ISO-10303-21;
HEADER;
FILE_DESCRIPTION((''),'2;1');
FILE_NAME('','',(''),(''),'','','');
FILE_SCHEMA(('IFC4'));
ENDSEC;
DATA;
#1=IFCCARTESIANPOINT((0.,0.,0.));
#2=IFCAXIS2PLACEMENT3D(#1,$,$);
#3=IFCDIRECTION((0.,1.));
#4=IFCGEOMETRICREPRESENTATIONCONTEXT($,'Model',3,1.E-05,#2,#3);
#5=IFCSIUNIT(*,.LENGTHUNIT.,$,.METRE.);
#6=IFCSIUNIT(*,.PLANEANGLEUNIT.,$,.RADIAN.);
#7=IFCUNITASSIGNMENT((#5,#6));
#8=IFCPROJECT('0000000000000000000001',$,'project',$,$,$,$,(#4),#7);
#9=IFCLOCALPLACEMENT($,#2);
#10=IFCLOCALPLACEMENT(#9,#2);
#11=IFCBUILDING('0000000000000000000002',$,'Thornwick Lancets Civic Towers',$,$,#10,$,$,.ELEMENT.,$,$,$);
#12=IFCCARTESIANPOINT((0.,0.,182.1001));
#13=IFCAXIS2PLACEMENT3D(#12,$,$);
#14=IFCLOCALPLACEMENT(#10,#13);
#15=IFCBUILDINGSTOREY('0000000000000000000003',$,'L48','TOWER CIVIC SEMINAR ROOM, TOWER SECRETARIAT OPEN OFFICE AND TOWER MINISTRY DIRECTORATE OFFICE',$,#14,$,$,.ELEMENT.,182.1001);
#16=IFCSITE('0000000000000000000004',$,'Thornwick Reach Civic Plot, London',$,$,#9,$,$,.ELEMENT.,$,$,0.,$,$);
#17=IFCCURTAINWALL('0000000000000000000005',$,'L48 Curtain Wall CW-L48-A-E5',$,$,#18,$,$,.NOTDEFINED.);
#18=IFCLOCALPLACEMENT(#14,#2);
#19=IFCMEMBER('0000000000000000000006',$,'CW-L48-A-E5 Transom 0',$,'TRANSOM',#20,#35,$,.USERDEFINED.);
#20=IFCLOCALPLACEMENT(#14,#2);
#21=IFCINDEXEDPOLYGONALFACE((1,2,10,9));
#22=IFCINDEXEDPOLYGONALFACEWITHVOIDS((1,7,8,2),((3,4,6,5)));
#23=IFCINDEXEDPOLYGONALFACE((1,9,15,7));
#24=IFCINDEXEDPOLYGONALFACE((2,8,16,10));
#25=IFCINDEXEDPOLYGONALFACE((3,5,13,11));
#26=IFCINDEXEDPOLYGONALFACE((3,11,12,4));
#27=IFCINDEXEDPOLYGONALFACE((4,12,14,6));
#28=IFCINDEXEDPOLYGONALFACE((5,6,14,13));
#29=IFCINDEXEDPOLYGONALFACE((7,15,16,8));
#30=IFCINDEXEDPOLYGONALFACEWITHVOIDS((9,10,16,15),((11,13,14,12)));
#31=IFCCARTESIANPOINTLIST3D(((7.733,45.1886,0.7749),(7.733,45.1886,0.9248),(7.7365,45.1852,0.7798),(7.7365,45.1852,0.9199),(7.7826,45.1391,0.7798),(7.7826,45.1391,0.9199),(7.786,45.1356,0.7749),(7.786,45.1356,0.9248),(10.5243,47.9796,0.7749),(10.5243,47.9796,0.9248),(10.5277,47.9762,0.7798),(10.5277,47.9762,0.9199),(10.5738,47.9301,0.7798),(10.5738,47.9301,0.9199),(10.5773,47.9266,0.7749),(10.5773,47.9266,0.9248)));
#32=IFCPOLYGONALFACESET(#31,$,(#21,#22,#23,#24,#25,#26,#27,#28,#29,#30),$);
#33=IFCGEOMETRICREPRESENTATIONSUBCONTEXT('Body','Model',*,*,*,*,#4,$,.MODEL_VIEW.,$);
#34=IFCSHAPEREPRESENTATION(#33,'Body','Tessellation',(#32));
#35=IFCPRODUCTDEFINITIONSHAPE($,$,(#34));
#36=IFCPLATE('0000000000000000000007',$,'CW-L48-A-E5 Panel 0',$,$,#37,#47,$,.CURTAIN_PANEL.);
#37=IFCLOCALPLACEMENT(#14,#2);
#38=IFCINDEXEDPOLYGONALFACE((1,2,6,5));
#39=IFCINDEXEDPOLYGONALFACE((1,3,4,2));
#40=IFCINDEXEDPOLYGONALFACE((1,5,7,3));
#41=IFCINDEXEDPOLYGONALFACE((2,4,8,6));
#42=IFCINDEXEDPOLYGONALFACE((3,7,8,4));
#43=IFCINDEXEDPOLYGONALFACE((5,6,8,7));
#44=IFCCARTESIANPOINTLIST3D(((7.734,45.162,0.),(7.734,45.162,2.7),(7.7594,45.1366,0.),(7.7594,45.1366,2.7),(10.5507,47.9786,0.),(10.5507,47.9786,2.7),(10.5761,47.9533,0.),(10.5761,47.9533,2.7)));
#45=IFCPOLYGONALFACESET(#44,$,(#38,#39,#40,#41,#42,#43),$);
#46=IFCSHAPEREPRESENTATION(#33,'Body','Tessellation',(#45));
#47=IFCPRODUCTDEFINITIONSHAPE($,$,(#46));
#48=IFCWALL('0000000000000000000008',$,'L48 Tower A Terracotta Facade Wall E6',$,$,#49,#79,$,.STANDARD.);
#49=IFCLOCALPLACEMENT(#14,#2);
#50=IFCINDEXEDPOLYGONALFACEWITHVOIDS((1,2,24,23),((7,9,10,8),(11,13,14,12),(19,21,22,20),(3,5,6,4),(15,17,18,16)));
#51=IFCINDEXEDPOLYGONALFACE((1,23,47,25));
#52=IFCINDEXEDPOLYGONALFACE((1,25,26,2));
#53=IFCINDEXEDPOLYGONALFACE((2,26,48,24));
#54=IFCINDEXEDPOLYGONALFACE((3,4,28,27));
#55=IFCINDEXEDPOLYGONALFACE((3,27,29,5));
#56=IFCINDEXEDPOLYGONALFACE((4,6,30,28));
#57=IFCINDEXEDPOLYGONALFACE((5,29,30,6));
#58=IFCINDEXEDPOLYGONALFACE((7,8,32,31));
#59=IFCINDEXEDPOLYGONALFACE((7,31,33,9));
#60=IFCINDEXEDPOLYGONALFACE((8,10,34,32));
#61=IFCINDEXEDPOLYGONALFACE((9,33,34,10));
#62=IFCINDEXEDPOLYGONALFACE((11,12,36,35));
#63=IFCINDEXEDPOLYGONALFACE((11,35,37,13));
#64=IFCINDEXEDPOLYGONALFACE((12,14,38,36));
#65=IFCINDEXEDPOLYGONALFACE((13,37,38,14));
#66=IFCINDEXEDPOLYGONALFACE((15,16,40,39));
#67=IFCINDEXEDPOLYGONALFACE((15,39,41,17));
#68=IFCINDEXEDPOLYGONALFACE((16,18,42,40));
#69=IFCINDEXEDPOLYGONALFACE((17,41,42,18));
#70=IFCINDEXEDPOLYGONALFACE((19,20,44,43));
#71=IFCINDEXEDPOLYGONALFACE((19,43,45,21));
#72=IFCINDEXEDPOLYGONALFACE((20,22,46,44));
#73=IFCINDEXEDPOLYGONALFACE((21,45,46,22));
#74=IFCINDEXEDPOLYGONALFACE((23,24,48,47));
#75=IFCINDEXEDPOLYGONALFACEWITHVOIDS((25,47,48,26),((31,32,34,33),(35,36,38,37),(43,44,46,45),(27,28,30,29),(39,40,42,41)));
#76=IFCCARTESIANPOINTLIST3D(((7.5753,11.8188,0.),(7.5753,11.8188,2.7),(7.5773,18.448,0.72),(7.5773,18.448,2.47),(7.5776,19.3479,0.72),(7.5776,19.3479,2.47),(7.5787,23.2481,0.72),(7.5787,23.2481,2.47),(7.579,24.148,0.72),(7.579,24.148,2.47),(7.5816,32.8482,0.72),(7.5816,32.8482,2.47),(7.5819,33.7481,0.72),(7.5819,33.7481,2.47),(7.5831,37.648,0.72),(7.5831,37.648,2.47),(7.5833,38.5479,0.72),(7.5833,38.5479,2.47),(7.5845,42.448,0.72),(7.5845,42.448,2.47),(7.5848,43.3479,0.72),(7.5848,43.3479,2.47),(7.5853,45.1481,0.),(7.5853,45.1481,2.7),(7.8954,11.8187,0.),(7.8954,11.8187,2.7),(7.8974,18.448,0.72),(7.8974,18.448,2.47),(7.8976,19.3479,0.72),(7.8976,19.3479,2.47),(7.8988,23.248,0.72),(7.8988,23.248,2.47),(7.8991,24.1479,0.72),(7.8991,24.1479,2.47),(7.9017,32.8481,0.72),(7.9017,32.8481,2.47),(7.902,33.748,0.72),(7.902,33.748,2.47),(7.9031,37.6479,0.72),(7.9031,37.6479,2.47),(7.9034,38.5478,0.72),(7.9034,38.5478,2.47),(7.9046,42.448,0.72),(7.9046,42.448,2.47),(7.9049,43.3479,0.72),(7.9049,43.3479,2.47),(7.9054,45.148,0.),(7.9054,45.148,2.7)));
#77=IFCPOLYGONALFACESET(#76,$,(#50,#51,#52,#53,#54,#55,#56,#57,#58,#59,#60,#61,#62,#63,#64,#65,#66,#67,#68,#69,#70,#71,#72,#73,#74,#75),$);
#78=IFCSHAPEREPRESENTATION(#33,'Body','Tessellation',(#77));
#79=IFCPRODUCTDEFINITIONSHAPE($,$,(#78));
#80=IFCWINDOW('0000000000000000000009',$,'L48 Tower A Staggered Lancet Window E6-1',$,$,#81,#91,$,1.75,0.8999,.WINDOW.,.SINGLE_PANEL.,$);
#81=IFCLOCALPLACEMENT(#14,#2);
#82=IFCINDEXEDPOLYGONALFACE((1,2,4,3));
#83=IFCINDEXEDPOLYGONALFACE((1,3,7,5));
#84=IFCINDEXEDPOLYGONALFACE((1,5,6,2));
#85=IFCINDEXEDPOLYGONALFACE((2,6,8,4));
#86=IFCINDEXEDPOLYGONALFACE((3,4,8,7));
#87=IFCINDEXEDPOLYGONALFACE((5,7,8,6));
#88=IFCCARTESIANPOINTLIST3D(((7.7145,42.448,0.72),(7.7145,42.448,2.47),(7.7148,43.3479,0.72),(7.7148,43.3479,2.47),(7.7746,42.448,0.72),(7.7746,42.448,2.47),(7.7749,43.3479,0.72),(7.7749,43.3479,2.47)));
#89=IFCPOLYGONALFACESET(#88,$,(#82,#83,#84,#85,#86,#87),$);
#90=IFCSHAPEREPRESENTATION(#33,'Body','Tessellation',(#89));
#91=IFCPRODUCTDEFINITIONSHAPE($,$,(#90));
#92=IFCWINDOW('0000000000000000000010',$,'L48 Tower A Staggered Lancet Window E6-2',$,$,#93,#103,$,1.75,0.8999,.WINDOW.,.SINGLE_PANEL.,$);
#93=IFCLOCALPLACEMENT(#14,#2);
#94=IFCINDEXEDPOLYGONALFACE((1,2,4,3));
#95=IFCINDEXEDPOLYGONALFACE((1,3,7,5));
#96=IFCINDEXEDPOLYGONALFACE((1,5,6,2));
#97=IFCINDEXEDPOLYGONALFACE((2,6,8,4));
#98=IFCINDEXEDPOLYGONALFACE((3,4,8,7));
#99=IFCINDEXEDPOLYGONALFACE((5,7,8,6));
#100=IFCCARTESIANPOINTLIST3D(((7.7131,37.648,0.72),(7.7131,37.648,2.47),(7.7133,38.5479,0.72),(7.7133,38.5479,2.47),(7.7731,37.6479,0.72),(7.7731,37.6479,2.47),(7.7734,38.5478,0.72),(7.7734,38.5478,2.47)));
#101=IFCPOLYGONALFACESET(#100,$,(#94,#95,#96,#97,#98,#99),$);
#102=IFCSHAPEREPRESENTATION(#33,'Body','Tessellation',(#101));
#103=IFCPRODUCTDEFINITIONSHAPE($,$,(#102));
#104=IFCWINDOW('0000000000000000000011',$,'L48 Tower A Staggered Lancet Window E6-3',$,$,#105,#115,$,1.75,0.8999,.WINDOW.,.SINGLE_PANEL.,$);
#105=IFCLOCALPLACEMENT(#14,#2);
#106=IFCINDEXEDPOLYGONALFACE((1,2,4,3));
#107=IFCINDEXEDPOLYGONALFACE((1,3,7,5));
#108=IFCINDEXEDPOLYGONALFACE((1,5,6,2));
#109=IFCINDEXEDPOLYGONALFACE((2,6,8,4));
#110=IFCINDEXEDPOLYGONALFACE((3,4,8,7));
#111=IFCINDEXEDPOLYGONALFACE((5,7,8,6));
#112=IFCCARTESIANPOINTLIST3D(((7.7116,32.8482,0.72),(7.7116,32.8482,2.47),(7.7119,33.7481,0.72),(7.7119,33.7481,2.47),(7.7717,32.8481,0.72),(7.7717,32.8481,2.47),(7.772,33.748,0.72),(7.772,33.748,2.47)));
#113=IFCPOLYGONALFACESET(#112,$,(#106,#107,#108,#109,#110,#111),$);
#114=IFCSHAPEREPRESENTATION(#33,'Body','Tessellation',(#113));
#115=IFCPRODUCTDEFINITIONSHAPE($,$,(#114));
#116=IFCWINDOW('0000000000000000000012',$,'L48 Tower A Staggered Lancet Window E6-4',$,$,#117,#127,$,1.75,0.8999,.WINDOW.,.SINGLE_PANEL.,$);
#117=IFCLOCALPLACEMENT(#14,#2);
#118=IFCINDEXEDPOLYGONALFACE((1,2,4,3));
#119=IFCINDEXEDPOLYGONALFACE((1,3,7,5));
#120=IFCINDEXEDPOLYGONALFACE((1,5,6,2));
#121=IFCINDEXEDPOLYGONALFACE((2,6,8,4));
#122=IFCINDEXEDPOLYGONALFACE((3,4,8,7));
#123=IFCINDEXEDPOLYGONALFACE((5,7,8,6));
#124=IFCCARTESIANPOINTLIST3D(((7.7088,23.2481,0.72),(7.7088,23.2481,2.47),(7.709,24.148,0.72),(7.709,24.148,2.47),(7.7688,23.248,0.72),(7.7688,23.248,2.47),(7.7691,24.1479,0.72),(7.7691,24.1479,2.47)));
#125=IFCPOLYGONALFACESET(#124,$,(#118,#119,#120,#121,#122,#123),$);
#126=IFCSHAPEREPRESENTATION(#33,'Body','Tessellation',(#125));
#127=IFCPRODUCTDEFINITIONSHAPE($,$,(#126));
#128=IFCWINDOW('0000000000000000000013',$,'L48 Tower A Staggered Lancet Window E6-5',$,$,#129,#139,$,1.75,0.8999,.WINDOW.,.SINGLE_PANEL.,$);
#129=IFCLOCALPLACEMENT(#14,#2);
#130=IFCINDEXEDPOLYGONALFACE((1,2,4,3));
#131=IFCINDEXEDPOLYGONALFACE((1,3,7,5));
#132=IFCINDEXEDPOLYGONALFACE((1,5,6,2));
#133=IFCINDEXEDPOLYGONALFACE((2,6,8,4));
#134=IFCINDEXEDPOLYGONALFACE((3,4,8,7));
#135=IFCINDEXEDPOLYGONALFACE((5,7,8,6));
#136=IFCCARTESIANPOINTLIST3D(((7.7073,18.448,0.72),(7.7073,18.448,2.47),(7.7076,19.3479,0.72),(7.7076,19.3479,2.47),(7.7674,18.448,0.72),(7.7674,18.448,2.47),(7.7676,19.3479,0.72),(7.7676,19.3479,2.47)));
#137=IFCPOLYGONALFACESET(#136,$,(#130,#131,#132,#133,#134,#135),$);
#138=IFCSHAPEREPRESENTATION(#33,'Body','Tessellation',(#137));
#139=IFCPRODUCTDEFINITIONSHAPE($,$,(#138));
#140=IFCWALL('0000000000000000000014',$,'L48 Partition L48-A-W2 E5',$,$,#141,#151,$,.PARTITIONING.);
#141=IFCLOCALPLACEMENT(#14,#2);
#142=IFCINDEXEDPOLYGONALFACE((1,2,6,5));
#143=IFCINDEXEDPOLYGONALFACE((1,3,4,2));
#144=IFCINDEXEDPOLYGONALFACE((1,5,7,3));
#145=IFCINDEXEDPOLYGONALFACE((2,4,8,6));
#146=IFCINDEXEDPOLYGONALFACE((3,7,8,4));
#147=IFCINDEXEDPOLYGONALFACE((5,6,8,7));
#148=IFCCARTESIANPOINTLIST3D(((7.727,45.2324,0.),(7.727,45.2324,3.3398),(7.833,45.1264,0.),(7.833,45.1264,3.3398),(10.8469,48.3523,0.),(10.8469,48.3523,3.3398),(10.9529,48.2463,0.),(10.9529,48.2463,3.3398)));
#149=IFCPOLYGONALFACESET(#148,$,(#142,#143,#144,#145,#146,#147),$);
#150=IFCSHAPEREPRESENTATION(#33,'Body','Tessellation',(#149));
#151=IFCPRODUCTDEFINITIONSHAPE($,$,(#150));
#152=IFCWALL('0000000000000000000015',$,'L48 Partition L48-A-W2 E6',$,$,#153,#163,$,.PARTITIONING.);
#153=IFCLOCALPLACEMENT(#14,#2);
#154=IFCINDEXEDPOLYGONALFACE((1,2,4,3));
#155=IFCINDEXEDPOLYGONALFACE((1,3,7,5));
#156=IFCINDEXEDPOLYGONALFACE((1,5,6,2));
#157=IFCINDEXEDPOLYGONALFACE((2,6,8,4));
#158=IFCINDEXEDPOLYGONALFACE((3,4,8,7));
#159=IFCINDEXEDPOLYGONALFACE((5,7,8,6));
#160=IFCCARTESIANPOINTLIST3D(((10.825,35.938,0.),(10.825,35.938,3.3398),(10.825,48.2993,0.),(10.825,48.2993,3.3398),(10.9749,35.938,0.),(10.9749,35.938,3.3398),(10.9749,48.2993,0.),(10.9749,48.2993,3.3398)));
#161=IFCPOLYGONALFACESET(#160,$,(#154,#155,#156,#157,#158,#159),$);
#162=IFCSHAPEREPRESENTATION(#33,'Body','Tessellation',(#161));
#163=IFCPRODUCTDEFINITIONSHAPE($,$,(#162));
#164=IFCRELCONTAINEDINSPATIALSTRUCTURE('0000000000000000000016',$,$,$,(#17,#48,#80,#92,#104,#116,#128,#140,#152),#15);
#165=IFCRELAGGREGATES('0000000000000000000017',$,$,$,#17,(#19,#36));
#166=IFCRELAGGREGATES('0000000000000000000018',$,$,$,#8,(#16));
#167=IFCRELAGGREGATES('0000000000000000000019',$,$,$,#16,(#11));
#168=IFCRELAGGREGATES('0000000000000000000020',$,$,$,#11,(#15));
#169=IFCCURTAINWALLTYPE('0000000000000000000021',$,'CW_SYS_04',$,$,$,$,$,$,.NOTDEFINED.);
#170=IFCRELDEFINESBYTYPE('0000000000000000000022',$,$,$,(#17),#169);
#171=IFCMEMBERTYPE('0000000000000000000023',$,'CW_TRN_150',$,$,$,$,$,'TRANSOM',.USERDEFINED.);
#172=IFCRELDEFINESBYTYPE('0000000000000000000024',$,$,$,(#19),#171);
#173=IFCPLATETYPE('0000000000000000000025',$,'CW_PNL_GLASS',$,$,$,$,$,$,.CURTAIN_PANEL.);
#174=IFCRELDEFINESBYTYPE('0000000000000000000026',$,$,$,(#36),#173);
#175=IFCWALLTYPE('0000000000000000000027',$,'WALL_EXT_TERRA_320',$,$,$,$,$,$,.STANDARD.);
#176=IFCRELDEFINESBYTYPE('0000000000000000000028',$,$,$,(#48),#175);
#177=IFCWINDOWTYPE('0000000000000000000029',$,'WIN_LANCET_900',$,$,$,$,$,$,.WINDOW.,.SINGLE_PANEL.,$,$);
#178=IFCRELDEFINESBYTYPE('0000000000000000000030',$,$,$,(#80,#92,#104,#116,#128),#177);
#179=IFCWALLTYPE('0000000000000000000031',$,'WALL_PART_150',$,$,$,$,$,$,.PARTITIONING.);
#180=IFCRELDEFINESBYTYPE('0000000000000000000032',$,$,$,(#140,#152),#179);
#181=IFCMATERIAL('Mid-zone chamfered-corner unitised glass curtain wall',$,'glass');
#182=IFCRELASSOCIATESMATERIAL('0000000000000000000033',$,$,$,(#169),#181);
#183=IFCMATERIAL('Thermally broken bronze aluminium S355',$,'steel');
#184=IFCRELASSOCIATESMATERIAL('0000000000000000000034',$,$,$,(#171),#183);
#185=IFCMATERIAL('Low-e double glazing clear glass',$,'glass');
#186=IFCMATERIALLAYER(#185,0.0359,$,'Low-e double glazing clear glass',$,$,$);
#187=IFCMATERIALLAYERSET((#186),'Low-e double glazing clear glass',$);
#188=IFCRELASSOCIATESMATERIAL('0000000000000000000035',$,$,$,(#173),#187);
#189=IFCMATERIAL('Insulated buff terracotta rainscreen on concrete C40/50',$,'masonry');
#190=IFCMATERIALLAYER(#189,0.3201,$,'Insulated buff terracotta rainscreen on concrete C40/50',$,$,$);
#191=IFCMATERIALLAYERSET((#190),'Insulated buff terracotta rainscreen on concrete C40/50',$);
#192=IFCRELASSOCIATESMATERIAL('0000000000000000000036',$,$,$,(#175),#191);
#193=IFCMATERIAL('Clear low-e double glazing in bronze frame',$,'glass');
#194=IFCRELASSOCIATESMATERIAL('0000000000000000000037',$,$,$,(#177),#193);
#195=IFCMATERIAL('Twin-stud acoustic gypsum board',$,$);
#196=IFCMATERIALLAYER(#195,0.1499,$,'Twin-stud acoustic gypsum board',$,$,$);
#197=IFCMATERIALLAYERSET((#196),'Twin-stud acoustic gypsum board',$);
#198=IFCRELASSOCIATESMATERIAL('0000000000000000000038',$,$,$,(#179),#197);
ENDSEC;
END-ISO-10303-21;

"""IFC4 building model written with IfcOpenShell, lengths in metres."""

from ifc_helpers import new_model, si_unit, direction, frame, frame_2d, origin, origin_2d, place, context, subcontext, project, spatial, rectangle, hollow_rectangle, extrude, material, layer, layer_set, material_profile, profile_set, type_object, element, fill, aggregate, save


model = new_model("IFC4")

# Units and contexts
model_context = context("Model", 3, precision=1e-05, world=origin(), true_north=direction((0.0, 1.0)))
body_context = subcontext(model_context, "Body", "Model", "MODEL_VIEW")
ifc_project = project(units=[si_unit("LENGTHUNIT", "METRE"), si_unit("PLANEANGLEUNIT", "RADIAN")], contexts=[model_context])

# Site, building, storey
site_placement = place(None, origin())
site = spatial("IfcSite", under=ifc_project, at=site_placement, Name="Thornwick Reach Civic Plot, London", CompositionType="ELEMENT", RefElevation=0.0)
building_placement = place(site_placement, origin())
building = spatial("IfcBuilding", under=site, at=building_placement, Name="Thornwick Lancets Civic Towers", CompositionType="ELEMENT")
storey_placement = place(building_placement, frame((0.0, 0.0, 182.1001)))
storey = spatial("IfcBuildingStorey", under=building, at=storey_placement, Name="L48", Description="TOWER CIVIC SEMINAR ROOM, TOWER SECRETARIAT OPEN OFFICE AND TOWER MINISTRY DIRECTORATE OFFICE", CompositionType="ELEMENT", Elevation=182.1001)

# Curtain wall, member, plate
ifc_material_1 = material(Name="Mid-zone chamfered-corner unitised glass curtain wall", Category="glass")
curtain_wall_type = type_object("IfcCurtainWallType", Name="CW_SYS_04", PredefinedType="NOTDEFINED", material=ifc_material_1)
curtain_wall_placement = place(storey_placement, origin())
curtain_wall = element("IfcCurtainWall", 1, at=curtain_wall_placement, inside=storey, type_object=curtain_wall_type, Name="L48 Curtain Wall CW-L48-A-E5", PredefinedType="NOTDEFINED")
ifc_material_2 = material(Name="Thermally broken bronze aluminium S355", Category="steel")
ifc_material_profile_1 = material_profile(ifc_material_2, hollow_rectangle(XDim=0.075, YDim=0.1499, WallThickness=0.0049, at=origin_2d()), Name="RHS 150x75x5")
ifc_profile_set_1 = profile_set([ifc_material_profile_1], Name="Thermally broken bronze aluminium S355")
member_type_1 = type_object("IfcMemberType", Name="CW_TRN_150", ElementType="TRANSOM", PredefinedType="USERDEFINED", material=ifc_profile_set_1)
member_1_placement = place(storey_placement, frame((10.5508, 47.9531, 0.8499), z_axis=(-0.707138, -0.707076, 0.0), x_axis=(0.707076, -0.707138, 0.0)))
member_1 = element("IfcMember", 2, at=member_1_placement, type_object=member_type_1, Name="CW-L48-A-E5 Transom 0", ObjectType="TRANSOM", PredefinedType="USERDEFINED", context=body_context, shape_type="SweptSolid", body=[
    extrude(hollow_rectangle(XDim=0.075, YDim=0.1499, WallThickness=0.0049, at=origin_2d()), origin(), (0.0, 0.0, 1.0), 3.9473),
])
ifc_material_3 = material(Name="Low-e double glazing clear glass", Category="glass")
ifc_layer_1 = layer(ifc_material_3, 0.0359, Name="Low-e double glazing clear glass")
ifc_layer_set_1 = layer_set([ifc_layer_1], Name="Low-e double glazing clear glass")
plate_type = type_object("IfcPlateType", Name="CW_PNL_GLASS", PredefinedType="CURTAIN_PANEL", material=ifc_layer_set_1)
plate_placement = place(storey_placement, frame((9.155, 46.5576, 0.0), z_axis=(0.0, 0.0, 1.0), x_axis=(-0.707107, -0.707107, 0.0)))
plate = element("IfcPlate", 3, at=plate_placement, type_object=plate_type, Name="CW-L48-A-E5 Panel 0", PredefinedType="CURTAIN_PANEL", context=body_context, shape_type="SweptSolid", body=[
    extrude(rectangle(XDim=3.9834, YDim=0.0359, at=origin_2d()), origin(), (0.0, 0.0, 1.0), 2.7),
])
aggregate(curtain_wall, [member_1, plate])

# Wall, openings, windows
ifc_material_4 = material(Name="Insulated buff terracotta rainscreen on concrete C40/50", Category="masonry")
ifc_layer_2 = layer(ifc_material_4, 0.3201, Name="Insulated buff terracotta rainscreen on concrete C40/50")
ifc_layer_set_2 = layer_set([ifc_layer_2], Name="Insulated buff terracotta rainscreen on concrete C40/50")
wall_type_1 = type_object("IfcWallType", Name="WALL_EXT_TERRA_320", PredefinedType="STANDARD", material=ifc_layer_set_2)
wall_1_placement = place(storey_placement, frame((7.7454, 45.1479, 0.0), z_axis=(0.0, 0.0, 1.0), x_axis=(-0.0003, -1.0, 0.0)))
wall_1 = element("IfcWall", 4, at=wall_1_placement, inside=storey, type_object=wall_type_1, Name="L48 Tower A Terracotta Facade Wall E6", PredefinedType="STANDARD", context=body_context, shape_type="SweptSolid", body=[
    extrude(rectangle(XDim=33.3293, YDim=0.3201, at=frame_2d((16.6646, 0.0))), origin(), (0.0, 0.0, 1.0), 2.7),
])
opening_1_placement = place(wall_1_placement, frame((1.8, 0.0, 0.72)))
opening_1 = element("IfcOpeningElement", 5, at=opening_1_placement, cuts=wall_1, PredefinedType="OPENING", context=body_context, shape_type="SweptSolid", body=[
    extrude(rectangle(XDim=0.8999, YDim=1.75, at=frame_2d((0.45, 0.875))), frame((0.0, 0.1699, 0.0), z_axis=(0.0, -1.0, 0.0), x_axis=(1.0, 0.0, 0.0)), (0.0, 0.0, 1.0), 0.3401),
])
opening_2_placement = place(wall_1_placement, frame((6.6001, 0.0, 0.72)))
opening_2 = element("IfcOpeningElement", 6, at=opening_2_placement, cuts=wall_1, PredefinedType="OPENING", context=body_context, shape_type="SweptSolid", body=[
    extrude(rectangle(XDim=0.8999, YDim=1.75, at=frame_2d((0.45, 0.875))), frame((0.0, 0.1699, 0.0), z_axis=(0.0, -1.0, 0.0), x_axis=(1.0, 0.0, 0.0)), (0.0, 0.0, 1.0), 0.3401),
])
opening_3_placement = place(wall_1_placement, frame((11.3999, 0.0, 0.72)))
opening_3 = element("IfcOpeningElement", 7, at=opening_3_placement, cuts=wall_1, PredefinedType="OPENING", context=body_context, shape_type="SweptSolid", body=[
    extrude(rectangle(XDim=0.8999, YDim=1.75, at=frame_2d((0.45, 0.875))), frame((0.0, 0.1699, 0.0), z_axis=(0.0, -1.0, 0.0), x_axis=(1.0, 0.0, 0.0)), (0.0, 0.0, 1.0), 0.3401),
])
opening_4_placement = place(wall_1_placement, frame((21.0, 0.0, 0.72)))
opening_4 = element("IfcOpeningElement", 8, at=opening_4_placement, cuts=wall_1, PredefinedType="OPENING", context=body_context, shape_type="SweptSolid", body=[
    extrude(rectangle(XDim=0.8999, YDim=1.75, at=frame_2d((0.45, 0.875))), frame((0.0, 0.1699, 0.0), z_axis=(0.0, -1.0, 0.0), x_axis=(1.0, 0.0, 0.0)), (0.0, 0.0, 1.0), 0.3401),
])
opening_5_placement = place(wall_1_placement, frame((25.8, 0.0, 0.72)))
opening_5 = element("IfcOpeningElement", 9, at=opening_5_placement, cuts=wall_1, PredefinedType="OPENING", context=body_context, shape_type="SweptSolid", body=[
    extrude(rectangle(XDim=0.8999, YDim=1.75, at=frame_2d((0.45, 0.875))), frame((0.0, 0.1699, 0.0), z_axis=(0.0, -1.0, 0.0), x_axis=(1.0, 0.0, 0.0)), (0.0, 0.0, 1.0), 0.3401),
])
ifc_material_5 = material(Name="Clear low-e double glazing in bronze frame", Category="glass")
window_type = type_object("IfcWindowType", Name="WIN_LANCET_900", PartitioningType="SINGLE_PANEL", PredefinedType="WINDOW", material=ifc_material_5)
window_1_placement = place(opening_1_placement, origin())
window_1 = element("IfcWindow", 10, at=window_1_placement, inside=storey, type_object=window_type, Name="L48 Tower A Staggered Lancet Window E6-1", OverallHeight=1.75, OverallWidth=0.8999, PartitioningType="SINGLE_PANEL", PredefinedType="WINDOW", context=body_context, shape_type="SweptSolid", body=[
    extrude(rectangle(XDim=0.8999, YDim=1.75, at=frame_2d((0.45, 0.875))), frame((0.0, 0.03, 0.0), z_axis=(0.0, -1.0, 0.0), x_axis=(1.0, 0.0, 0.0)), (0.0, 0.0, 1.0), 0.0601),
])
fill(opening_1, window_1)
window_2_placement = place(opening_2_placement, origin())
window_2 = element("IfcWindow", 11, at=window_2_placement, inside=storey, type_object=window_type, Name="L48 Tower A Staggered Lancet Window E6-2", OverallHeight=1.75, OverallWidth=0.8999, PartitioningType="SINGLE_PANEL", PredefinedType="WINDOW", context=body_context, shape_type="SweptSolid", body=[
    extrude(rectangle(XDim=0.8999, YDim=1.75, at=frame_2d((0.45, 0.875))), frame((0.0, 0.03, 0.0), z_axis=(0.0, -1.0, 0.0), x_axis=(1.0, 0.0, 0.0)), (0.0, 0.0, 1.0), 0.0601),
])
fill(opening_2, window_2)
window_3_placement = place(opening_3_placement, origin())
window_3 = element("IfcWindow", 12, at=window_3_placement, inside=storey, type_object=window_type, Name="L48 Tower A Staggered Lancet Window E6-3", OverallHeight=1.75, OverallWidth=0.8999, PartitioningType="SINGLE_PANEL", PredefinedType="WINDOW", context=body_context, shape_type="SweptSolid", body=[
    extrude(rectangle(XDim=0.8999, YDim=1.75, at=frame_2d((0.45, 0.875))), frame((0.0, 0.03, 0.0), z_axis=(0.0, -1.0, 0.0), x_axis=(1.0, 0.0, 0.0)), (0.0, 0.0, 1.0), 0.0601),
])
fill(opening_3, window_3)
window_4_placement = place(opening_4_placement, origin())
window_4 = element("IfcWindow", 13, at=window_4_placement, inside=storey, type_object=window_type, Name="L48 Tower A Staggered Lancet Window E6-4", OverallHeight=1.75, OverallWidth=0.8999, PartitioningType="SINGLE_PANEL", PredefinedType="WINDOW", context=body_context, shape_type="SweptSolid", body=[
    extrude(rectangle(XDim=0.8999, YDim=1.75, at=frame_2d((0.45, 0.875))), frame((0.0, 0.03, 0.0), z_axis=(0.0, -1.0, 0.0), x_axis=(1.0, 0.0, 0.0)), (0.0, 0.0, 1.0), 0.0601),
])
fill(opening_4, window_4)
window_5_placement = place(opening_5_placement, origin())
window_5 = element("IfcWindow", 14, at=window_5_placement, inside=storey, type_object=window_type, Name="L48 Tower A Staggered Lancet Window E6-5", OverallHeight=1.75, OverallWidth=0.8999, PartitioningType="SINGLE_PANEL", PredefinedType="WINDOW", context=body_context, shape_type="SweptSolid", body=[
    extrude(rectangle(XDim=0.8999, YDim=1.75, at=frame_2d((0.45, 0.875))), frame((0.0, 0.03, 0.0), z_axis=(0.0, -1.0, 0.0), x_axis=(1.0, 0.0, 0.0)), (0.0, 0.0, 1.0), 0.0601),
])
fill(opening_5, window_5)

# Walls
ifc_material_6 = material(Name="Twin-stud acoustic gypsum board")
ifc_layer_3 = layer(ifc_material_6, 0.1499, Name="Twin-stud acoustic gypsum board")
ifc_layer_set_3 = layer_set([ifc_layer_3], Name="Twin-stud acoustic gypsum board")
wall_type_2 = type_object("IfcWallType", Name="WALL_PART_150", PredefinedType="PARTITIONING", material=ifc_layer_set_3)
wall_2_placement = place(storey_placement, frame((7.78, 45.1794, 0.0), z_axis=(0.0, 0.0, 1.0), x_axis=(0.707107, 0.707107, 0.0)))
element("IfcWall", 15, at=wall_2_placement, inside=storey, type_object=wall_type_2, Name="L48 Partition L48-A-W2 E5", PredefinedType="PARTITIONING", context=body_context, shape_type="SweptSolid", body=[
    extrude(rectangle(XDim=4.4121, YDim=0.1499, at=frame_2d((2.2061, 0.0))), origin(), (0.0, 0.0, 1.0), 3.3398),
])
wall_3_placement = place(storey_placement, frame((10.8999, 48.2993, 0.0), z_axis=(0.0, 0.0, 1.0), x_axis=(0.0, -1.0, 0.0)))
element("IfcWall", 16, at=wall_3_placement, inside=storey, type_object=wall_type_2, Name="L48 Partition L48-A-W2 E6", PredefinedType="PARTITIONING", context=body_context, shape_type="SweptSolid", body=[
    extrude(rectangle(XDim=12.3613, YDim=0.1499, at=frame_2d((6.1807, 0.0))), origin(), (0.0, 0.0, 1.0), 3.3398),
])

save(model, "model.ifc")
